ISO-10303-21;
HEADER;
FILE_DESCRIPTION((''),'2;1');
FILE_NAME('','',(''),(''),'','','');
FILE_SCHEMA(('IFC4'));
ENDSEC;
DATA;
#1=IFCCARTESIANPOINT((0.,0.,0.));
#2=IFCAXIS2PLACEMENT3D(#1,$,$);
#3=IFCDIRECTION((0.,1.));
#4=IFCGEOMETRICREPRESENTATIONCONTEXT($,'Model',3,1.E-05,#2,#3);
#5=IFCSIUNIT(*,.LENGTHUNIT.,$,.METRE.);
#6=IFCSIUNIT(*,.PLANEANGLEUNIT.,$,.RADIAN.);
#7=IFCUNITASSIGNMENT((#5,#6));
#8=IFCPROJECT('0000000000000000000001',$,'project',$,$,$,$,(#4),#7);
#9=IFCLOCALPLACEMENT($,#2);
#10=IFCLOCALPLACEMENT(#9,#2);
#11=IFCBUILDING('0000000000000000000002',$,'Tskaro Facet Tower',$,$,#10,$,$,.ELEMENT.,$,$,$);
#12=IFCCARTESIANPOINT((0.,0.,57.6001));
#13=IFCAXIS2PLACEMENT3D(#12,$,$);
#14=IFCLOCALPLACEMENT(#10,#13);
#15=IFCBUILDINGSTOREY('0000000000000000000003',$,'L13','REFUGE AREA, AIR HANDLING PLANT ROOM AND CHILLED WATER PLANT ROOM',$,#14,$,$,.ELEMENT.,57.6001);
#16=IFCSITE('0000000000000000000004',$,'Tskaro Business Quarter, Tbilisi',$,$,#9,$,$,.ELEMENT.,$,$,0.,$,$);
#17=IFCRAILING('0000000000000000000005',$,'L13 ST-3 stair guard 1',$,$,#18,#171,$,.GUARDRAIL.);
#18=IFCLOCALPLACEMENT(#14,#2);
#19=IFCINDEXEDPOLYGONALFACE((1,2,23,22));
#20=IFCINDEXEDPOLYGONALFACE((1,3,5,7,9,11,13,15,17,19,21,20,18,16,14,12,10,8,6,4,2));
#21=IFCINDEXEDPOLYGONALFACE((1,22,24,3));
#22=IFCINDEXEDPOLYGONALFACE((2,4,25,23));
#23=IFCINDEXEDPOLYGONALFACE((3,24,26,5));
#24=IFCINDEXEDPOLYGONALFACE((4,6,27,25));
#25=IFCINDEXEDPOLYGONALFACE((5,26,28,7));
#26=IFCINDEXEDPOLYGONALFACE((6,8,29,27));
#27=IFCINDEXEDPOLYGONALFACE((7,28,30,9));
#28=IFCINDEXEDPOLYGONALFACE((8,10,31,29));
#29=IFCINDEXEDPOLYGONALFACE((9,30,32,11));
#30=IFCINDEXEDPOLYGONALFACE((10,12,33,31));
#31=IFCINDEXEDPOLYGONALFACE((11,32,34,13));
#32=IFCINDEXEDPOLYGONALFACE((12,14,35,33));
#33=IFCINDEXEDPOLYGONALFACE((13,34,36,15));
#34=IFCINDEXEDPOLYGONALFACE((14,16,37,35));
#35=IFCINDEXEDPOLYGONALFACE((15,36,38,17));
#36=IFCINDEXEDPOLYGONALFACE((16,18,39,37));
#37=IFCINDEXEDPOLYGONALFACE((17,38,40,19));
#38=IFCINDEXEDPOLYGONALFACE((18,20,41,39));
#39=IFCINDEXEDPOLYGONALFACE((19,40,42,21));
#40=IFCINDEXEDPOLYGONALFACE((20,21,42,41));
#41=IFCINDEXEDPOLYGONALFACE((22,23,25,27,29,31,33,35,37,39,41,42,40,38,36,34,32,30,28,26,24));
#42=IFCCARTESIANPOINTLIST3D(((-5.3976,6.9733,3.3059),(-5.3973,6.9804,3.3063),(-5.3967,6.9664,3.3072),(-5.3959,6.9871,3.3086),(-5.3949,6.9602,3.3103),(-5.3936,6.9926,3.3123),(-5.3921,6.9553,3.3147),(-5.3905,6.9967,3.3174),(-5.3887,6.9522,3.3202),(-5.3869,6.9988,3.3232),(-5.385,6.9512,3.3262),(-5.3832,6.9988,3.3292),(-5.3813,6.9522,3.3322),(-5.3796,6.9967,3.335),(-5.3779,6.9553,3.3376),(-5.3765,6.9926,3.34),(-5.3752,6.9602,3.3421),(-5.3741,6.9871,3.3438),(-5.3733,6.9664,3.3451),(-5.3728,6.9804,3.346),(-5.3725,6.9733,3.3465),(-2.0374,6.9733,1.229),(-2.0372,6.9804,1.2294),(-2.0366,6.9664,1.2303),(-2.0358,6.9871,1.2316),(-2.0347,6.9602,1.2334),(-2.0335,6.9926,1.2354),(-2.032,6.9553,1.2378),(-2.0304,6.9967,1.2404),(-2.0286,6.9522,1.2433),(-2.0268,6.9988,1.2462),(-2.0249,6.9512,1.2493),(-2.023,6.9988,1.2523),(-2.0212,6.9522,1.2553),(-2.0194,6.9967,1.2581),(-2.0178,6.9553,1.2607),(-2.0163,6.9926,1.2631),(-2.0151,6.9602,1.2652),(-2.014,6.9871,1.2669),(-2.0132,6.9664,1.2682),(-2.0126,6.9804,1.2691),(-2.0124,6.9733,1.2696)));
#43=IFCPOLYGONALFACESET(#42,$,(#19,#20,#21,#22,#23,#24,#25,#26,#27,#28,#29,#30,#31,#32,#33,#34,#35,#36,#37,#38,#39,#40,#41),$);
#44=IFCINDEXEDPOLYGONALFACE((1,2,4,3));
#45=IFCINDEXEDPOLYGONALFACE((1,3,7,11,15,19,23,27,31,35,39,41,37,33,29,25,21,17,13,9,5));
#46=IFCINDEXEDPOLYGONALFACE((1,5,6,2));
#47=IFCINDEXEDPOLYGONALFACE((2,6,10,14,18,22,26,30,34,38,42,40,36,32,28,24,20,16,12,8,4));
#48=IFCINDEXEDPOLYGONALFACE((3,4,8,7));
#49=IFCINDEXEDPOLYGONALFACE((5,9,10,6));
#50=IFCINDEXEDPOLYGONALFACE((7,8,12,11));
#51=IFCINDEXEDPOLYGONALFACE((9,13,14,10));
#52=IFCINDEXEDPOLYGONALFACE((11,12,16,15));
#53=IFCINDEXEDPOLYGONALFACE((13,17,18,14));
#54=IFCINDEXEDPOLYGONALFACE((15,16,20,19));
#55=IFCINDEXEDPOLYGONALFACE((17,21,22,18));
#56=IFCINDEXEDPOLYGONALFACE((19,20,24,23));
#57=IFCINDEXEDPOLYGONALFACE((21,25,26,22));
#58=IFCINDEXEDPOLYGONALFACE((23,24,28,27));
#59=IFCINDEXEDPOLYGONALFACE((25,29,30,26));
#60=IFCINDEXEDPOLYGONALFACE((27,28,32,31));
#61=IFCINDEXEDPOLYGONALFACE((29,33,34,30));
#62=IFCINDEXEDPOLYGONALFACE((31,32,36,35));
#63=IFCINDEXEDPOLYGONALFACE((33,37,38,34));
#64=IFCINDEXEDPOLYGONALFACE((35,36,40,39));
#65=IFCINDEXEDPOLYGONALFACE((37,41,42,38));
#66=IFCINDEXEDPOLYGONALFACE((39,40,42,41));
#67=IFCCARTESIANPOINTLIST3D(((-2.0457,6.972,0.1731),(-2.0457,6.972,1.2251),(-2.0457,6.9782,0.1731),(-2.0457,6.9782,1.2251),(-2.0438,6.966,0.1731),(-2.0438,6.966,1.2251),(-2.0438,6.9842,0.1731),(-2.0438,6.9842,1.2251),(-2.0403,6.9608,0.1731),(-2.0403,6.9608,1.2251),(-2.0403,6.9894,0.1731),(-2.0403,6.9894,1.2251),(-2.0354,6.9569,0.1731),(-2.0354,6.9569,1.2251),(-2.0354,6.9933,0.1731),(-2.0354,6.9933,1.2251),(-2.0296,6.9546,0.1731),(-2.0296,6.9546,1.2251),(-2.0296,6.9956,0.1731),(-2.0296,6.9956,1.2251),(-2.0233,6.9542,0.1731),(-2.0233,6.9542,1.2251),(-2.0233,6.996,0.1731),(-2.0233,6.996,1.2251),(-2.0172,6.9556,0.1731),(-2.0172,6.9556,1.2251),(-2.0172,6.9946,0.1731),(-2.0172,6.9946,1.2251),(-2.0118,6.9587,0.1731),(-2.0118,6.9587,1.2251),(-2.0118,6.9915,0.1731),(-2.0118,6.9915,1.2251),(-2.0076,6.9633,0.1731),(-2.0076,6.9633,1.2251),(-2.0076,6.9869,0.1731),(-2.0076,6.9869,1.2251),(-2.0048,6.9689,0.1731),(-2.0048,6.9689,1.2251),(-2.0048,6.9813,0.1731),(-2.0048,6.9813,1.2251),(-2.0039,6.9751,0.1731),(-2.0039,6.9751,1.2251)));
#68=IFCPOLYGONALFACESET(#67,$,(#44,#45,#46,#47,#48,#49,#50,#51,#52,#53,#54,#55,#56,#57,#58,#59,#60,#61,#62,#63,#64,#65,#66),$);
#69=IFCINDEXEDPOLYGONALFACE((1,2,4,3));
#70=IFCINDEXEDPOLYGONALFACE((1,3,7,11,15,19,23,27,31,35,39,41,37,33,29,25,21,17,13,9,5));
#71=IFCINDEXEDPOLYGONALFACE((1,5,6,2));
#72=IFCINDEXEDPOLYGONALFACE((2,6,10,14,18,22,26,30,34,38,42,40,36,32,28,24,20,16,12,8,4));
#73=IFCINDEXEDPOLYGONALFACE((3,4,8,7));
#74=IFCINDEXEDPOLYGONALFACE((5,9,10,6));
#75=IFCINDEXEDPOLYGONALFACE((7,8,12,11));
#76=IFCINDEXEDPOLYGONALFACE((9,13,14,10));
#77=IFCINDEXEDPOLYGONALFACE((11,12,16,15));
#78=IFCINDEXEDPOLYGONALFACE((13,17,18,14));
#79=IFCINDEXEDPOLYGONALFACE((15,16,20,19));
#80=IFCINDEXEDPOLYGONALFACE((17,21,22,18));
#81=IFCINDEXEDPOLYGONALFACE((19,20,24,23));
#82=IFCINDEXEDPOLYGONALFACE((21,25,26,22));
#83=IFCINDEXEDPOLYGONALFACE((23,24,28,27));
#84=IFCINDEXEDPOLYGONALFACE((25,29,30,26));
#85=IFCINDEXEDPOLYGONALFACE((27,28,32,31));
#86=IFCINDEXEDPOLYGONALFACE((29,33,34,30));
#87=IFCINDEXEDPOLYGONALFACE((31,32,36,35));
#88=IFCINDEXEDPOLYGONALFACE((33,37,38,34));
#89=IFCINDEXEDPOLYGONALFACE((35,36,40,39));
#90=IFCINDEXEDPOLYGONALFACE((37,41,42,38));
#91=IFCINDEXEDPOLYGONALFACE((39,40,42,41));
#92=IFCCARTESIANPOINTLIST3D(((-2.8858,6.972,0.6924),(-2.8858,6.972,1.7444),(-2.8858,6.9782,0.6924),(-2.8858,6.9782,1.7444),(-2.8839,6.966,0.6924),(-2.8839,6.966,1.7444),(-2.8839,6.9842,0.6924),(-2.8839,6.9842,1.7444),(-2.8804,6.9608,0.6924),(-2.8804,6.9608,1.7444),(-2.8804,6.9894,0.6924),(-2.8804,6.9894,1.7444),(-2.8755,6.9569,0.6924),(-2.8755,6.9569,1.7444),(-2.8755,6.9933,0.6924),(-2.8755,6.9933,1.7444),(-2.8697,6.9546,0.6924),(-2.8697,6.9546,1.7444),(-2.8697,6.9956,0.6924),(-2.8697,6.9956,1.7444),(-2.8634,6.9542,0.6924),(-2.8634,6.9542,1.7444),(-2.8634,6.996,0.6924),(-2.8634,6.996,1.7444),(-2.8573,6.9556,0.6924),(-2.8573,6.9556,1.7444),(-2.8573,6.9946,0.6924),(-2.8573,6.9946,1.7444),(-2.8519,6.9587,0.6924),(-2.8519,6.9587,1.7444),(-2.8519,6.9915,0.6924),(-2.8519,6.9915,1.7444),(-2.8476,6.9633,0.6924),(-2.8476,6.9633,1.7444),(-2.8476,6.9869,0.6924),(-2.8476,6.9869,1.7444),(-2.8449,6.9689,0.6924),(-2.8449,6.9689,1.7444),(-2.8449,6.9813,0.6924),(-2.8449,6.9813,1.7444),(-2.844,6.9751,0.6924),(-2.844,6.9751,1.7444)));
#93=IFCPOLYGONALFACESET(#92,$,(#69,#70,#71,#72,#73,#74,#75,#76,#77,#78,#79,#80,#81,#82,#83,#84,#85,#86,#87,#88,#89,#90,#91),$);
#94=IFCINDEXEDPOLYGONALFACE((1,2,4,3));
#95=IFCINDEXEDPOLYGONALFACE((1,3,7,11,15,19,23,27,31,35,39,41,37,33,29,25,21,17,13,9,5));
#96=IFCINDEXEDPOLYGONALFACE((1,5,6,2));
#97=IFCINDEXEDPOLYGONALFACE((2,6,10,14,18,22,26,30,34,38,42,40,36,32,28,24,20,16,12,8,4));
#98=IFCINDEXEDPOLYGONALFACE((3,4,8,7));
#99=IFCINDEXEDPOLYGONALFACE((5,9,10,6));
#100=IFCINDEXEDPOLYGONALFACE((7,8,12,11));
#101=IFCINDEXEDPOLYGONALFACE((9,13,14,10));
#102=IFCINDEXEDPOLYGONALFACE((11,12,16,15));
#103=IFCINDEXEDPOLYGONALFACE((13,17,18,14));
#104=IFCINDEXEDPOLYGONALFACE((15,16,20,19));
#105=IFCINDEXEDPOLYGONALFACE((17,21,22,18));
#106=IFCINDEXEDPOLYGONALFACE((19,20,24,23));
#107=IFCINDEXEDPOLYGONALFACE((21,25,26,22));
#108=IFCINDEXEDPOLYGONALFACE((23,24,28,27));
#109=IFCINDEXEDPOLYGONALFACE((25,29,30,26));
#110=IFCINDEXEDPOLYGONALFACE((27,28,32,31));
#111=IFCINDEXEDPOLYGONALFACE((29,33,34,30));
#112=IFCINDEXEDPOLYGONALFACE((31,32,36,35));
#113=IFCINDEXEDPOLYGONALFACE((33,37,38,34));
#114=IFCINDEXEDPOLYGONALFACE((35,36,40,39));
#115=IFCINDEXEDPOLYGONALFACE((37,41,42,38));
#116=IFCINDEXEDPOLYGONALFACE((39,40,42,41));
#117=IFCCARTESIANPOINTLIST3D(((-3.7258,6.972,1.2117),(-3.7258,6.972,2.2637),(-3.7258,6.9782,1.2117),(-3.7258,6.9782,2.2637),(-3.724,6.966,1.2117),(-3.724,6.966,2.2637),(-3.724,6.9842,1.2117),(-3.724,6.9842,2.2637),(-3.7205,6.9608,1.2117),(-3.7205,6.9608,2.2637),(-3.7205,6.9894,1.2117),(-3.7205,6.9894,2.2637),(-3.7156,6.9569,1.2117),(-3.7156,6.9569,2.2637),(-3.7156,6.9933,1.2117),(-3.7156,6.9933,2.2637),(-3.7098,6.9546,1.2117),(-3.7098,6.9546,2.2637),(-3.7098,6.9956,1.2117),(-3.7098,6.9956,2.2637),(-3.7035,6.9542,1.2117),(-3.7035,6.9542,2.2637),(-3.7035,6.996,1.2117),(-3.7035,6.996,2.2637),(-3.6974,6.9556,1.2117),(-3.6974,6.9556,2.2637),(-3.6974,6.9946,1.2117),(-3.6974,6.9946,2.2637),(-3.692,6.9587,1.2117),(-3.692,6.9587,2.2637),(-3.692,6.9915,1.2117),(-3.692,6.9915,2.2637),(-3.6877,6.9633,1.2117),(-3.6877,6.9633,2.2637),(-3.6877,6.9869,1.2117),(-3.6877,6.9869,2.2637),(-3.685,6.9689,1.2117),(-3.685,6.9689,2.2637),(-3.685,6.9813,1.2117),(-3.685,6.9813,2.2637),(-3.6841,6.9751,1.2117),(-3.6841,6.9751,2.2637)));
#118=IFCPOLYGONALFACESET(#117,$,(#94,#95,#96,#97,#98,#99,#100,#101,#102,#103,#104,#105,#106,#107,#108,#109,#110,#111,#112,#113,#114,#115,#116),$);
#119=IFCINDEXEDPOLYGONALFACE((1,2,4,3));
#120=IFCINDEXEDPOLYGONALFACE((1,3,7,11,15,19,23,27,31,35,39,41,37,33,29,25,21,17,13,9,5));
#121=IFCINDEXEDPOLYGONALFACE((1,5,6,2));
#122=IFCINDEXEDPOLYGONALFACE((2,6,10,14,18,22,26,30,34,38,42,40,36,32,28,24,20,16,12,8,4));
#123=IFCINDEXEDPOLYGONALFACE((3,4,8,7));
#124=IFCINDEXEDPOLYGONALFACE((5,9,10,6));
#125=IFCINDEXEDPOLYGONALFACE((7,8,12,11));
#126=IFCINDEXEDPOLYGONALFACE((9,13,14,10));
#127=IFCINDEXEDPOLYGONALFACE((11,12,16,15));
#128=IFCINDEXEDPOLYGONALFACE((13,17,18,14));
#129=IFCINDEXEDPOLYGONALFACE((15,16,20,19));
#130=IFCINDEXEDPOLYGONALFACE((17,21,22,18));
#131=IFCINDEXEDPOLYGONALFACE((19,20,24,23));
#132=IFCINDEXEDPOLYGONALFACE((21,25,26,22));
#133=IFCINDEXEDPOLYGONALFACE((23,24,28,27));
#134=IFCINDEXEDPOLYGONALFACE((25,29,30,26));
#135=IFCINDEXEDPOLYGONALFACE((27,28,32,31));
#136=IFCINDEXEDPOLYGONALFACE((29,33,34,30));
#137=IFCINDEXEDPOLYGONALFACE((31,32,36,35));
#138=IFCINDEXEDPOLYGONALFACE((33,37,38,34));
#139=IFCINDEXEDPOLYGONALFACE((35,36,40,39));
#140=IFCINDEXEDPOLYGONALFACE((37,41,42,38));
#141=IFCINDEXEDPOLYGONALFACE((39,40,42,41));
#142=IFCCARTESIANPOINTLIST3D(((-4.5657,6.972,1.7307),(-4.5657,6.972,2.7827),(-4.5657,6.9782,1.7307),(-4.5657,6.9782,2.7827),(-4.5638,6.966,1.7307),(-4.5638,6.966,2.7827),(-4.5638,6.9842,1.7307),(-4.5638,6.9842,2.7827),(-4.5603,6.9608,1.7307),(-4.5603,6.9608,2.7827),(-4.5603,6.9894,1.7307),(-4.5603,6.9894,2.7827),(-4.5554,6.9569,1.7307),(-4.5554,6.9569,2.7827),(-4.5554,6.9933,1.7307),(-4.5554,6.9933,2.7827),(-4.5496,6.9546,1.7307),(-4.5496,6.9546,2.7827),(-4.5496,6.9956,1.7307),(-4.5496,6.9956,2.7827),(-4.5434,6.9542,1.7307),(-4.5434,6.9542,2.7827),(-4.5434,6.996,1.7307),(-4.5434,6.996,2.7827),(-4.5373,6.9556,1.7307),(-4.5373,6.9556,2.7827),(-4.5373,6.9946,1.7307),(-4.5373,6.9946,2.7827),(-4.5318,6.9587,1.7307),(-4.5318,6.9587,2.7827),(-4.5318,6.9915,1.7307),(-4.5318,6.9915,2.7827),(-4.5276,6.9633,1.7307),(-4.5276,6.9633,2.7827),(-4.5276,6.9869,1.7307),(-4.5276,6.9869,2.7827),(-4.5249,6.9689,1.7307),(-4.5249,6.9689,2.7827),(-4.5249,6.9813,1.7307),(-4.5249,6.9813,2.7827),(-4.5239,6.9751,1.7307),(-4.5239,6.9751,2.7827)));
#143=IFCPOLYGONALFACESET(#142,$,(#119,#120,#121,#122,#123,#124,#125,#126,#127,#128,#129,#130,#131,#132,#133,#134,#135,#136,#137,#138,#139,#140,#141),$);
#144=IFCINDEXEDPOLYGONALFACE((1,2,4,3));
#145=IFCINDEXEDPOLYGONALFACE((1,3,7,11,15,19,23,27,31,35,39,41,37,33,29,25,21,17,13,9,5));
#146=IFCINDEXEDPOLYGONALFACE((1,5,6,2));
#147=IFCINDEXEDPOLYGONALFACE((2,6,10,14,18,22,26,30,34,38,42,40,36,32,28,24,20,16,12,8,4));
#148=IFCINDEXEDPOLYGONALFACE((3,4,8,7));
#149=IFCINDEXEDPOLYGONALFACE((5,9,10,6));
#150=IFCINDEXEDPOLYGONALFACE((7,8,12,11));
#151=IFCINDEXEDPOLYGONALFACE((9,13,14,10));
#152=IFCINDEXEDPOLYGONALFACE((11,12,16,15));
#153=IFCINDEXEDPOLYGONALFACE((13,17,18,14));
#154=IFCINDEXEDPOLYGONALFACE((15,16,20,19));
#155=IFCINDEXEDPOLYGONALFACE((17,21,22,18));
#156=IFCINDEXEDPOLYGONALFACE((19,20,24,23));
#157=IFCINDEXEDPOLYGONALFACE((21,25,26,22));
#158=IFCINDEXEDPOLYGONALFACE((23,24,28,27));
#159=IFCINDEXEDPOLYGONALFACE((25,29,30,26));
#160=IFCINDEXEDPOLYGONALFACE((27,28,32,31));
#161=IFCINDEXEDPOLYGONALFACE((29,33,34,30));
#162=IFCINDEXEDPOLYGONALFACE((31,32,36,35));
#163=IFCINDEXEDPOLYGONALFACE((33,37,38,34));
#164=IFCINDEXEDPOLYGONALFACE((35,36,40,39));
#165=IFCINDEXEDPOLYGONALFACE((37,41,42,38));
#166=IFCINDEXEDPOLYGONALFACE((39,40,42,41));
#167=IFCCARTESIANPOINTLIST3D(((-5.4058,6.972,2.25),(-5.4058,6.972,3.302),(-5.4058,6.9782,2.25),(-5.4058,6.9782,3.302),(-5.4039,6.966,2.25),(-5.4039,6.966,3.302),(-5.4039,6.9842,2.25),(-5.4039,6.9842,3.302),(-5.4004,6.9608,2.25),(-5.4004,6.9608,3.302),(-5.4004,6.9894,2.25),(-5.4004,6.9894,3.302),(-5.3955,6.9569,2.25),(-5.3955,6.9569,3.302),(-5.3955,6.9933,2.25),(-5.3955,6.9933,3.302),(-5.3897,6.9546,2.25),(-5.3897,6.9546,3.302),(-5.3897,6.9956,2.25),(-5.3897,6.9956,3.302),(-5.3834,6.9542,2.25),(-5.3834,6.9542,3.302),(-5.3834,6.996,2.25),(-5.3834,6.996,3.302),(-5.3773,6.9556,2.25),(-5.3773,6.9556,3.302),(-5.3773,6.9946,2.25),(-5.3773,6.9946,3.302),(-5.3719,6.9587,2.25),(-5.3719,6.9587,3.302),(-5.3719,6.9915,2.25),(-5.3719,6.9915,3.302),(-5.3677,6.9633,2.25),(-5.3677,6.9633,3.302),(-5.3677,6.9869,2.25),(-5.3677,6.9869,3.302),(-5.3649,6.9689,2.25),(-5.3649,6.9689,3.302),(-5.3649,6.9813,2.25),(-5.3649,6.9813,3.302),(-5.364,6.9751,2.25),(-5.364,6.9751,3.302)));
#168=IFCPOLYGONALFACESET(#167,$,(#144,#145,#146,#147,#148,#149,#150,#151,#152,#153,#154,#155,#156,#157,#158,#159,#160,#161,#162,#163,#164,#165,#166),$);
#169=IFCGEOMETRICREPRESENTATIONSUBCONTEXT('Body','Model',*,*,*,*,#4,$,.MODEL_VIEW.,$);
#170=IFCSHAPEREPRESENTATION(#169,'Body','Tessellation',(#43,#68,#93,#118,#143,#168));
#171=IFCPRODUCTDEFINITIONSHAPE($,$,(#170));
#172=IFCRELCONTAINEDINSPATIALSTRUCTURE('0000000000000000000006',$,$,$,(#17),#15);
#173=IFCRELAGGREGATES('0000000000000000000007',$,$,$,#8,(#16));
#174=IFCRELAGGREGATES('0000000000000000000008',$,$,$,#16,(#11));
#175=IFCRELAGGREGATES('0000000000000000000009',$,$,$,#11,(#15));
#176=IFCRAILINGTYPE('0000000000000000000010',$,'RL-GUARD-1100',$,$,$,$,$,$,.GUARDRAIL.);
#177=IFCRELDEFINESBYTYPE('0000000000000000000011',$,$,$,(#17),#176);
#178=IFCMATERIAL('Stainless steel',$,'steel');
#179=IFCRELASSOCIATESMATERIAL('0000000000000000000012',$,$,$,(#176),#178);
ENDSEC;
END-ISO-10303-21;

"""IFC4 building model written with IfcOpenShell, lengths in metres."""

from ifc_helpers import new_model, si_unit, direction, frame, origin, origin_2d, place, context, subcontext, project, spatial, circle, extrude, material, type_object, element, save


model = new_model("IFC4")

# Units and contexts
model_context = context("Model", 3, precision=1e-05, world=origin(), true_north=direction((0.0, 1.0)))
body_context = subcontext(model_context, "Body", "Model", "MODEL_VIEW")
ifc_project = project(units=[si_unit("LENGTHUNIT", "METRE"), si_unit("PLANEANGLEUNIT", "RADIAN")], contexts=[model_context])

# Site, building, storey
site_placement = place(None, origin())
site = spatial("IfcSite", under=ifc_project, at=site_placement, Name="Tskaro Business Quarter, Tbilisi", CompositionType="ELEMENT", RefElevation=0.0)
building_placement = place(site_placement, origin())
building = spatial("IfcBuilding", under=site, at=building_placement, Name="Tskaro Facet Tower", CompositionType="ELEMENT")
storey_placement = place(building_placement, frame((0.0, 0.0, 57.6001)))
storey = spatial("IfcBuildingStorey", under=building, at=storey_placement, Name="L13", Description="REFUGE AREA, AIR HANDLING PLANT ROOM AND CHILLED WATER PLANT ROOM", CompositionType="ELEMENT", Elevation=57.6001)

# Railing
ifc_material_1 = material(Name="Stainless steel", Category="steel")
railing_type_1 = type_object("IfcRailingType", Name="RL-GUARD-1100", PredefinedType="GUARDRAIL", material=ifc_material_1)
railing_1_placement = place(storey_placement, frame((-2.0249, 6.9751, 0.1731)))
element("IfcRailing", 1, at=railing_1_placement, inside=storey, type_object=railing_type_1, Name="L13 ST-3 stair guard 1", PredefinedType="GUARDRAIL", context=body_context, shape_type="SweptSolid", body=[
    extrude(circle(Radius=0.0239, at=origin_2d()), frame((0.0, 0.0, 1.0762), z_axis=(-0.850623, 0.0, 0.525776), x_axis=(0.0, -1.0, 0.0)), (0.0, 0.0, 1.0), 3.9502),
    extrude(circle(Radius=0.021, at=origin_2d()), origin(), (0.0, 0.0, 1.0), 1.052),
    extrude(circle(Radius=0.021, at=origin_2d()), frame((-0.8401, 0.0, 0.5193)), (0.0, 0.0, 1.0), 1.052),
    extrude(circle(Radius=0.021, at=origin_2d()), frame((-1.6802, 0.0, 1.0386)), (0.0, 0.0, 1.0), 1.052),
    extrude(circle(Radius=0.021, at=origin_2d()), frame((-2.52, 0.0, 1.5576)), (0.0, 0.0, 1.0), 1.052),
    extrude(circle(Radius=0.021, at=origin_2d()), frame((-3.3601, 0.0, 2.0769)), (0.0, 0.0, 1.0), 1.052),
])

save(model, "model.ifc")
